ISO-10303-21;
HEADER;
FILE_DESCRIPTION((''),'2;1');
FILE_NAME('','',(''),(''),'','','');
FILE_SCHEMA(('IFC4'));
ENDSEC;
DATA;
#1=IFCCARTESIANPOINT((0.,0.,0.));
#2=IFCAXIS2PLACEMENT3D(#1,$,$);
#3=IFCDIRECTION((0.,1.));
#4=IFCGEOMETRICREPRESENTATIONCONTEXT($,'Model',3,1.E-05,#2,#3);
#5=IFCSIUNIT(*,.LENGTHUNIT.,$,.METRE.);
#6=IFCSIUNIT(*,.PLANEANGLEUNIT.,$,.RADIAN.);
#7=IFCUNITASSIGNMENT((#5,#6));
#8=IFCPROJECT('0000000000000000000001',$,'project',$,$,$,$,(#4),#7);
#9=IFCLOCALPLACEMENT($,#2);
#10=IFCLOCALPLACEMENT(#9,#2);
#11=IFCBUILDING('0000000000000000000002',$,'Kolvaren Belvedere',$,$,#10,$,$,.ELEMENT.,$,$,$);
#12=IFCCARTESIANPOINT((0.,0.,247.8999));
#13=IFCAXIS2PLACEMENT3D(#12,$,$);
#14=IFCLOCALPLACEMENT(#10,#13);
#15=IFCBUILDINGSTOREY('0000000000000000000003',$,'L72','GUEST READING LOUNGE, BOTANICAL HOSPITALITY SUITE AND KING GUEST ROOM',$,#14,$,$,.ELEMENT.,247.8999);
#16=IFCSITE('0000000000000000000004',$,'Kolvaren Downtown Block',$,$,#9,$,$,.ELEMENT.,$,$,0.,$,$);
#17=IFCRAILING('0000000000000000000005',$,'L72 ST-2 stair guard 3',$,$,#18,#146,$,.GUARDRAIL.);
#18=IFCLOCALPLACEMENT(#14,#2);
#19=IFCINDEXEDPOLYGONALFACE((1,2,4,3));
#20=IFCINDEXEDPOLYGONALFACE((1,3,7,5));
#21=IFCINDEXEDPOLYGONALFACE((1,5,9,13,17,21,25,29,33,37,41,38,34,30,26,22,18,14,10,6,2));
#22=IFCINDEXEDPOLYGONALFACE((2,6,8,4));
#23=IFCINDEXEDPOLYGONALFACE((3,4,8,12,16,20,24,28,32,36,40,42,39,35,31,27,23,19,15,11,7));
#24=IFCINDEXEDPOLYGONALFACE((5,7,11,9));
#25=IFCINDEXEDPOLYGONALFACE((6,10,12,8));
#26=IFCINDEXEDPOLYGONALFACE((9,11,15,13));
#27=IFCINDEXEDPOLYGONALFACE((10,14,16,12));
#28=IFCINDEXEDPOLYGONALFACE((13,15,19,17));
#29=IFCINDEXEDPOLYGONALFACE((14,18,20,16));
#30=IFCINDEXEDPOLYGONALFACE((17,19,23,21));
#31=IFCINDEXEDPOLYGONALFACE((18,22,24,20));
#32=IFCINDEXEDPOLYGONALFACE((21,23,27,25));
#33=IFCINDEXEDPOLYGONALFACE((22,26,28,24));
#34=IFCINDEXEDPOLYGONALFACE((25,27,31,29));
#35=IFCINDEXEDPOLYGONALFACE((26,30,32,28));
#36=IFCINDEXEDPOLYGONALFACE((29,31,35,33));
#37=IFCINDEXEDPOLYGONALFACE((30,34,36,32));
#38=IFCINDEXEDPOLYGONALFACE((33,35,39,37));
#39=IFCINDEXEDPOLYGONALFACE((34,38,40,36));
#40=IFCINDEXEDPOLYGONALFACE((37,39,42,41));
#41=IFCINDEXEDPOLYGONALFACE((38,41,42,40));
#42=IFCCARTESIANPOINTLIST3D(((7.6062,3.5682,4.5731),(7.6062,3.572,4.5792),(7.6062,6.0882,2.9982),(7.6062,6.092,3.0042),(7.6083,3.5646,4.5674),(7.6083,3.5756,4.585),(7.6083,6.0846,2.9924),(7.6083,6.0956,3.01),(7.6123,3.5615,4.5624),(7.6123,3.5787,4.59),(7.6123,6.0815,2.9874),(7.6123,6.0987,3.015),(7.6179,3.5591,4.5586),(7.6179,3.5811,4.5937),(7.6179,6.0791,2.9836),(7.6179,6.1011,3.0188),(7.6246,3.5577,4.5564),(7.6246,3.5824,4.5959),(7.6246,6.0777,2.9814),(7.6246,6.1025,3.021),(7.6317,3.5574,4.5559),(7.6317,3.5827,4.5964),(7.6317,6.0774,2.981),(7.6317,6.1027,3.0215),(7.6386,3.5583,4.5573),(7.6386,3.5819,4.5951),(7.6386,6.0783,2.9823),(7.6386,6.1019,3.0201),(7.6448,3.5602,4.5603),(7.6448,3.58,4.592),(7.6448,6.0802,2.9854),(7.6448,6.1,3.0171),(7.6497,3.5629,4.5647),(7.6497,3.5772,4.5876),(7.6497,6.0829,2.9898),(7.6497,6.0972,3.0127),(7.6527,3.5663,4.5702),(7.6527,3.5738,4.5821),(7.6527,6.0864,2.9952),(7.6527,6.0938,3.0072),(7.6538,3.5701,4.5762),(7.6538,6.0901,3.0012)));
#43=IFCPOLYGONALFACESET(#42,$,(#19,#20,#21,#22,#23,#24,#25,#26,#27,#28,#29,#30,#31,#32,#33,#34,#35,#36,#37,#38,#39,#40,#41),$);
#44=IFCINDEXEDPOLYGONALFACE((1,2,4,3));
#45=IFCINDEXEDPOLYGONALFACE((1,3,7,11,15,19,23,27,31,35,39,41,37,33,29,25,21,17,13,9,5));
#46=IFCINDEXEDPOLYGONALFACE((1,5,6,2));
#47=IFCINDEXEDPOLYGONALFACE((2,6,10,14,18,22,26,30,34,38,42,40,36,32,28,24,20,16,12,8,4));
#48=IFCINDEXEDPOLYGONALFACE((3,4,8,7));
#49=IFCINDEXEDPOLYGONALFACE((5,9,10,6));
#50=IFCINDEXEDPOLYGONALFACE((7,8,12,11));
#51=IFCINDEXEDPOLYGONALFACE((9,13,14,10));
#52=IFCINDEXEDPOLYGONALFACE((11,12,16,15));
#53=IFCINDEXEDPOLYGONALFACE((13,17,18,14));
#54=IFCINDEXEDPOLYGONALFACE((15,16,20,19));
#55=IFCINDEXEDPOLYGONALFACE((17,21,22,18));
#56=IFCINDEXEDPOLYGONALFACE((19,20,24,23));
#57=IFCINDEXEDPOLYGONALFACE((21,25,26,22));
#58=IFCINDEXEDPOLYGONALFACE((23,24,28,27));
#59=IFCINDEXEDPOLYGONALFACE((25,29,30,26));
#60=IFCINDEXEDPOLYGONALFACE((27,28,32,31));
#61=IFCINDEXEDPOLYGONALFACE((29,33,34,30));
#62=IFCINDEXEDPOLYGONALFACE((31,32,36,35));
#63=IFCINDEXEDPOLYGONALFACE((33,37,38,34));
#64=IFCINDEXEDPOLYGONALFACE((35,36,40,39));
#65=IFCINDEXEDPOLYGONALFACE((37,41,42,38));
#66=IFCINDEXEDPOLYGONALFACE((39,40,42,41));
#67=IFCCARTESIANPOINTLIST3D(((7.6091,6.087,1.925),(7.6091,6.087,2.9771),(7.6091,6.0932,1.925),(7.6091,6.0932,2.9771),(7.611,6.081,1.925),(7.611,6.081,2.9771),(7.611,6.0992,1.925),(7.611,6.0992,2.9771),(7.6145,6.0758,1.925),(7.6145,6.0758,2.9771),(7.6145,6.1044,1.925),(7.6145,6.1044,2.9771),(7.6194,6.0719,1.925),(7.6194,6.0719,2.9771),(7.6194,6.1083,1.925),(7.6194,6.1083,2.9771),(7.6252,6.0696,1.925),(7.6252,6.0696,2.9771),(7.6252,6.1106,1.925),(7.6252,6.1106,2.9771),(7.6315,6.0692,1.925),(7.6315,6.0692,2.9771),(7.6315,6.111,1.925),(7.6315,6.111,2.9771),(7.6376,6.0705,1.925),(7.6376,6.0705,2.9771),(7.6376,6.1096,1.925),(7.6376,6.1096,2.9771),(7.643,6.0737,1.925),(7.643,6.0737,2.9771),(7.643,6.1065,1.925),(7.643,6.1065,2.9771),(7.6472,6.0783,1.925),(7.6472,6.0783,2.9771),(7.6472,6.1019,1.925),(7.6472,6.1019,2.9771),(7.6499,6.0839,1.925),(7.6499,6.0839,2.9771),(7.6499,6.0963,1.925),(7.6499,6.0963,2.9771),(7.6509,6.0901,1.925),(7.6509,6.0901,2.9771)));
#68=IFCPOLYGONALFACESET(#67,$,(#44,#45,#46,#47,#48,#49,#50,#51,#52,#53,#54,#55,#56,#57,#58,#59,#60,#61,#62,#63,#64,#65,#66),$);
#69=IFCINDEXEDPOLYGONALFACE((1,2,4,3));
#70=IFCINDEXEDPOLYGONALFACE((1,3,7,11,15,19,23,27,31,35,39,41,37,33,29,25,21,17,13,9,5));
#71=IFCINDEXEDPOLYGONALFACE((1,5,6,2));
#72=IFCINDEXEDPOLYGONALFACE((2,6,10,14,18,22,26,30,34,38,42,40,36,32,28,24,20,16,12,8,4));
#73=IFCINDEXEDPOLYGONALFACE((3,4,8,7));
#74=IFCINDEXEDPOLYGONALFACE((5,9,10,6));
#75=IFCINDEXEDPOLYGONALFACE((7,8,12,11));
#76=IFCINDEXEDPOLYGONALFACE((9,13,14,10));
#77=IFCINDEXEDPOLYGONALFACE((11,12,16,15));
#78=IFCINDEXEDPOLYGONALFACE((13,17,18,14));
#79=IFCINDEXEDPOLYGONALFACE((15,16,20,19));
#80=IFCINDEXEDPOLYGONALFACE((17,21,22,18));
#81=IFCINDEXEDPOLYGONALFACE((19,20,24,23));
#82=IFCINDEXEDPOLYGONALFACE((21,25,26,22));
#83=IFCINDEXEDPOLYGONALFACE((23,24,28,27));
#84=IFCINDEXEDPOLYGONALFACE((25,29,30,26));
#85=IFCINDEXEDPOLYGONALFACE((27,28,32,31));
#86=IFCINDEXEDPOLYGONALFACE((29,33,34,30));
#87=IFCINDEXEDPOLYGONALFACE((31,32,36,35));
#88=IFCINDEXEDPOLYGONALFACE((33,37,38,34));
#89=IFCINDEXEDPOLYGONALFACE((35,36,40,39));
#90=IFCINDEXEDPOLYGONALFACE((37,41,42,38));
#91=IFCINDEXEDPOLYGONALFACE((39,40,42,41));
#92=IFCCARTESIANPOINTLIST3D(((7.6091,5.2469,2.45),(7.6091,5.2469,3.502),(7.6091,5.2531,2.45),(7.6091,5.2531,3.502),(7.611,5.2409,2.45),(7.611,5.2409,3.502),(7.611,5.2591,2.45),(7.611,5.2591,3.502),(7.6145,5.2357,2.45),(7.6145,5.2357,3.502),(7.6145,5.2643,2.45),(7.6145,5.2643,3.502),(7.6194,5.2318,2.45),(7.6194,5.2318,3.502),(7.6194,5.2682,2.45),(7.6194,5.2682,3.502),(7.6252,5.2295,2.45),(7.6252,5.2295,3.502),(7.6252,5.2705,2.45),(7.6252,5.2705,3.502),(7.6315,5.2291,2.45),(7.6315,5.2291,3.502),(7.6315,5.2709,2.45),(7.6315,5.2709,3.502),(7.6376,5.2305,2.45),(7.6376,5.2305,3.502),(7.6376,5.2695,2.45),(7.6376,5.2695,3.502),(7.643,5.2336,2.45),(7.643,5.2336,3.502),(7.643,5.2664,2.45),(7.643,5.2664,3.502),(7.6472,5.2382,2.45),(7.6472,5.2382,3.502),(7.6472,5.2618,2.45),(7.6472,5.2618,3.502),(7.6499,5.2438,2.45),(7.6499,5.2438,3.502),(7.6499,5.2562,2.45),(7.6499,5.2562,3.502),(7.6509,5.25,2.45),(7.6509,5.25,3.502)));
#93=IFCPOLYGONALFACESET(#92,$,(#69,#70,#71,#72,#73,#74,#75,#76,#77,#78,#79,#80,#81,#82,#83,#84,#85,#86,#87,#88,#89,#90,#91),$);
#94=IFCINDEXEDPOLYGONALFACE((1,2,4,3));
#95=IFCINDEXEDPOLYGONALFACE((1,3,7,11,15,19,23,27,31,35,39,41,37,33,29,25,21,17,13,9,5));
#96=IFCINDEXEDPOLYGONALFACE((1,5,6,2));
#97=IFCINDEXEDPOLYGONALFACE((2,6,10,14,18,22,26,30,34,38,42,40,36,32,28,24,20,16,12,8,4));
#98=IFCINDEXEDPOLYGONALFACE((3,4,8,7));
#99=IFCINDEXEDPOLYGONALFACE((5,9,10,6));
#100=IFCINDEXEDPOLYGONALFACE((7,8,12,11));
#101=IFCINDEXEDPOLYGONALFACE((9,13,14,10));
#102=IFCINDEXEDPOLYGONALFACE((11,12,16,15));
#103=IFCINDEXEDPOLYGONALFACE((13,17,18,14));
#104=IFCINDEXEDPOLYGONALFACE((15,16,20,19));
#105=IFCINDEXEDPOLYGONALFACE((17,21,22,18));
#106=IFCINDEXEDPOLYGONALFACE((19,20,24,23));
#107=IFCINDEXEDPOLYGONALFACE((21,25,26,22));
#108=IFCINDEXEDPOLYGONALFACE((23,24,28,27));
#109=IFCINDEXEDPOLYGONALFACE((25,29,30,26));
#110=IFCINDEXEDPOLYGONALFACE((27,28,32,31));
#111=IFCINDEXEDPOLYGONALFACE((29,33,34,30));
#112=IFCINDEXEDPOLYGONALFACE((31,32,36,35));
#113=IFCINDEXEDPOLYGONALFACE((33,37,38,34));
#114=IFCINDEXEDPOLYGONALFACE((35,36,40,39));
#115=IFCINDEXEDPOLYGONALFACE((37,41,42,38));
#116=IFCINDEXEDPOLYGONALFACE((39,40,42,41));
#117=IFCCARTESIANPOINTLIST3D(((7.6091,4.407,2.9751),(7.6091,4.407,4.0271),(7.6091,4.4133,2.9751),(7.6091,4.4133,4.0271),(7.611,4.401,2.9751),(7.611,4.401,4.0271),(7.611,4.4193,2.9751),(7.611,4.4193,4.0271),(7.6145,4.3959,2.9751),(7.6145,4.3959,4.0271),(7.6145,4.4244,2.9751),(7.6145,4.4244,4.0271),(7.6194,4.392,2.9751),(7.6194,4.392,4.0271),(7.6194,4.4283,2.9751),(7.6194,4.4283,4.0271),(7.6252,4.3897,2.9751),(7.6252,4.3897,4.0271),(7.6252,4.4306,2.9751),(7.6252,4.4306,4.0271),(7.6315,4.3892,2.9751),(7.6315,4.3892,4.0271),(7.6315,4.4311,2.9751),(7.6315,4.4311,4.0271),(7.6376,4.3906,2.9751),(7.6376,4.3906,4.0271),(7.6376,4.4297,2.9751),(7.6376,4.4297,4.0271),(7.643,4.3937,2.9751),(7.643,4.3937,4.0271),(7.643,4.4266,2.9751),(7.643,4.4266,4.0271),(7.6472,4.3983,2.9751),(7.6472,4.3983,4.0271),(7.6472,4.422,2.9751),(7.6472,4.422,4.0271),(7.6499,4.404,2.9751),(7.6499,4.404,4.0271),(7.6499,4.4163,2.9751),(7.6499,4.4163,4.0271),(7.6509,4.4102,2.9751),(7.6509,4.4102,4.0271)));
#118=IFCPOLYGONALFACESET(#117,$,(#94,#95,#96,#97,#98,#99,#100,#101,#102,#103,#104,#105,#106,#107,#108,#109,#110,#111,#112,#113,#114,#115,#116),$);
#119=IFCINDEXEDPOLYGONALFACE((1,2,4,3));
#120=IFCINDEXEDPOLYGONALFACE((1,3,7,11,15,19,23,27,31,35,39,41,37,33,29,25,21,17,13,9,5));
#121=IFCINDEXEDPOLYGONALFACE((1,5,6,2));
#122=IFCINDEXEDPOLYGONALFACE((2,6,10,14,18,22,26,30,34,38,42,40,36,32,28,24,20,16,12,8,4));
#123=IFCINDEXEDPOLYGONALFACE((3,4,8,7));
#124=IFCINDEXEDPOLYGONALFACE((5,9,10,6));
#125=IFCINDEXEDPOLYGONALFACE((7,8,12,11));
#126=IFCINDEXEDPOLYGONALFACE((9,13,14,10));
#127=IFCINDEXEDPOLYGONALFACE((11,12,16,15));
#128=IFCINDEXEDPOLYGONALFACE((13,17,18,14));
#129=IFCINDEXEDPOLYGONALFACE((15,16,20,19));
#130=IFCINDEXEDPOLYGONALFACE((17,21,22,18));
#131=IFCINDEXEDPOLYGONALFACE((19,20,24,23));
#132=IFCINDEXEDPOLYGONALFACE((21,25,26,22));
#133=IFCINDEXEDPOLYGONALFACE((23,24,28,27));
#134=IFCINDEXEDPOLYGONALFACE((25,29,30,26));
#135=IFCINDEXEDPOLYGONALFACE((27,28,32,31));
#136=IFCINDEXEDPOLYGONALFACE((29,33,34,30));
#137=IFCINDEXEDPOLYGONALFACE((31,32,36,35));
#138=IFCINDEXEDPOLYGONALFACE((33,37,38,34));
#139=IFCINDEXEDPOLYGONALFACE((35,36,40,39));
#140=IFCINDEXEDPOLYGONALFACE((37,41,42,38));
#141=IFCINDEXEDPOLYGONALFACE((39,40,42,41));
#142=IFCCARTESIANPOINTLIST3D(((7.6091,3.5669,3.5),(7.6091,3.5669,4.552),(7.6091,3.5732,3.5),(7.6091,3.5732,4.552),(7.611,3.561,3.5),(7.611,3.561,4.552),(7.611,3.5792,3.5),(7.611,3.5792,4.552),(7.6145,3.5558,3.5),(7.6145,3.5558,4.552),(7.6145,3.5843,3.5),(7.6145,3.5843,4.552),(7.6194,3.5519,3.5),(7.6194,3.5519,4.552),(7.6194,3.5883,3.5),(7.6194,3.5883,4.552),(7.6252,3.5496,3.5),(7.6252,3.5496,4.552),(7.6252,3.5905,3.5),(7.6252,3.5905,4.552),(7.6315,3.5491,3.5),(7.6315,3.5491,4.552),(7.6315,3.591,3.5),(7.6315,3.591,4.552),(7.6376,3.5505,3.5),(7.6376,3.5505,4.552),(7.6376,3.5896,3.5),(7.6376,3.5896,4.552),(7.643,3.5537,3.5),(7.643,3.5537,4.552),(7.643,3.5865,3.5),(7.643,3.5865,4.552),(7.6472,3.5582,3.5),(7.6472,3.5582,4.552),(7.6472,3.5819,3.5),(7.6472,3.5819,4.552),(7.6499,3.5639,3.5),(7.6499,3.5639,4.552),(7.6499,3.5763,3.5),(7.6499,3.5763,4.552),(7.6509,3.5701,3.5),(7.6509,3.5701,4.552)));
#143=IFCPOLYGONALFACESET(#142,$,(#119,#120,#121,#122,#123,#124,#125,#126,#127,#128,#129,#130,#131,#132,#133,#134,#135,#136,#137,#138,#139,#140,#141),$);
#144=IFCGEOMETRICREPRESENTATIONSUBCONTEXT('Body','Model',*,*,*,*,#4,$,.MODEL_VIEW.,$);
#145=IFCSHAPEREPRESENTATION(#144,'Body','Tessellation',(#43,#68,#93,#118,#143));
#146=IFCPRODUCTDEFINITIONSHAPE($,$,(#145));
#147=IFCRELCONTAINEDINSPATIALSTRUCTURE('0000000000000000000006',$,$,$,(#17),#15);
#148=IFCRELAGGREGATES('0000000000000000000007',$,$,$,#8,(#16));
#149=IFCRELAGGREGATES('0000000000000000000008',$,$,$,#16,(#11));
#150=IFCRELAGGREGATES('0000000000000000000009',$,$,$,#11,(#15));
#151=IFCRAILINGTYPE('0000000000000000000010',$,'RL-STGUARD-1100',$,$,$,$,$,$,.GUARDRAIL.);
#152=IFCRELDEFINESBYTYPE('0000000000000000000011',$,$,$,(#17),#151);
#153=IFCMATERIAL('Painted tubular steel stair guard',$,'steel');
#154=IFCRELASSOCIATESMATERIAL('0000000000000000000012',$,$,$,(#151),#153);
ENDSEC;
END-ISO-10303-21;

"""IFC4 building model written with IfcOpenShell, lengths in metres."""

from ifc_helpers import new_model, si_unit, direction, frame, origin, origin_2d, place, context, subcontext, project, spatial, circle, extrude, material, type_object, element, save


model = new_model("IFC4")

# Units and contexts
model_context = context("Model", 3, precision=1e-05, world=origin(), true_north=direction((0.0, 1.0)))
body_context = subcontext(model_context, "Body", "Model", "MODEL_VIEW")
ifc_project = project(units=[si_unit("LENGTHUNIT", "METRE"), si_unit("PLANEANGLEUNIT", "RADIAN")], contexts=[model_context])

# Site, building, storey
site_placement = place(None, origin())
site = spatial("IfcSite", under=ifc_project, at=site_placement, Name="Kolvaren Downtown Block", CompositionType="ELEMENT", RefElevation=0.0)
building_placement = place(site_placement, origin())
building = spatial("IfcBuilding", under=site, at=building_placement, Name="Kolvaren Belvedere", CompositionType="ELEMENT")
storey_placement = place(building_placement, frame((0.0, 0.0, 247.8999)))
storey = spatial("IfcBuildingStorey", under=building, at=storey_placement, Name="L72", Description="GUEST READING LOUNGE, BOTANICAL HOSPITALITY SUITE AND KING GUEST ROOM", CompositionType="ELEMENT", Elevation=247.8999)

# Railing
ifc_material_1 = material(Name="Painted tubular steel stair guard", Category="steel")
railing_type_1 = type_object("IfcRailingType", Name="RL-STGUARD-1100", PredefinedType="GUARDRAIL", material=ifc_material_1)
railing_1_placement = place(storey_placement, frame((7.6299, 6.0901, 1.925)))
element("IfcRailing", 1, at=railing_1_placement, inside=storey, type_object=railing_type_1, Name="L72 ST-2 stair guard 3", PredefinedType="GUARDRAIL", context=body_context, shape_type="SweptSolid", body=[
    extrude(circle(Radius=0.0239, at=origin_2d()), frame((0.0, 0.0, 1.0762), z_axis=(0.0, -0.848008, 0.529984), x_axis=(1.0, 0.0, 0.0)), (0.0, 0.0, 1.0), 2.9717),
    extrude(circle(Radius=0.021, at=origin_2d()), origin(), (0.0, 0.0, 1.0), 1.052),
    extrude(circle(Radius=0.021, at=origin_2d()), frame((0.0, -0.8401, 0.5249)), (0.0, 0.0, 1.0), 1.052),
    extrude(circle(Radius=0.021, at=origin_2d()), frame((0.0, -1.6799, 1.05)), (0.0, 0.0, 1.0), 1.052),
    extrude(circle(Radius=0.021, at=origin_2d()), frame((0.0, -2.52, 1.575)), (0.0, 0.0, 1.0), 1.052),
])

save(model, "model.ifc")
